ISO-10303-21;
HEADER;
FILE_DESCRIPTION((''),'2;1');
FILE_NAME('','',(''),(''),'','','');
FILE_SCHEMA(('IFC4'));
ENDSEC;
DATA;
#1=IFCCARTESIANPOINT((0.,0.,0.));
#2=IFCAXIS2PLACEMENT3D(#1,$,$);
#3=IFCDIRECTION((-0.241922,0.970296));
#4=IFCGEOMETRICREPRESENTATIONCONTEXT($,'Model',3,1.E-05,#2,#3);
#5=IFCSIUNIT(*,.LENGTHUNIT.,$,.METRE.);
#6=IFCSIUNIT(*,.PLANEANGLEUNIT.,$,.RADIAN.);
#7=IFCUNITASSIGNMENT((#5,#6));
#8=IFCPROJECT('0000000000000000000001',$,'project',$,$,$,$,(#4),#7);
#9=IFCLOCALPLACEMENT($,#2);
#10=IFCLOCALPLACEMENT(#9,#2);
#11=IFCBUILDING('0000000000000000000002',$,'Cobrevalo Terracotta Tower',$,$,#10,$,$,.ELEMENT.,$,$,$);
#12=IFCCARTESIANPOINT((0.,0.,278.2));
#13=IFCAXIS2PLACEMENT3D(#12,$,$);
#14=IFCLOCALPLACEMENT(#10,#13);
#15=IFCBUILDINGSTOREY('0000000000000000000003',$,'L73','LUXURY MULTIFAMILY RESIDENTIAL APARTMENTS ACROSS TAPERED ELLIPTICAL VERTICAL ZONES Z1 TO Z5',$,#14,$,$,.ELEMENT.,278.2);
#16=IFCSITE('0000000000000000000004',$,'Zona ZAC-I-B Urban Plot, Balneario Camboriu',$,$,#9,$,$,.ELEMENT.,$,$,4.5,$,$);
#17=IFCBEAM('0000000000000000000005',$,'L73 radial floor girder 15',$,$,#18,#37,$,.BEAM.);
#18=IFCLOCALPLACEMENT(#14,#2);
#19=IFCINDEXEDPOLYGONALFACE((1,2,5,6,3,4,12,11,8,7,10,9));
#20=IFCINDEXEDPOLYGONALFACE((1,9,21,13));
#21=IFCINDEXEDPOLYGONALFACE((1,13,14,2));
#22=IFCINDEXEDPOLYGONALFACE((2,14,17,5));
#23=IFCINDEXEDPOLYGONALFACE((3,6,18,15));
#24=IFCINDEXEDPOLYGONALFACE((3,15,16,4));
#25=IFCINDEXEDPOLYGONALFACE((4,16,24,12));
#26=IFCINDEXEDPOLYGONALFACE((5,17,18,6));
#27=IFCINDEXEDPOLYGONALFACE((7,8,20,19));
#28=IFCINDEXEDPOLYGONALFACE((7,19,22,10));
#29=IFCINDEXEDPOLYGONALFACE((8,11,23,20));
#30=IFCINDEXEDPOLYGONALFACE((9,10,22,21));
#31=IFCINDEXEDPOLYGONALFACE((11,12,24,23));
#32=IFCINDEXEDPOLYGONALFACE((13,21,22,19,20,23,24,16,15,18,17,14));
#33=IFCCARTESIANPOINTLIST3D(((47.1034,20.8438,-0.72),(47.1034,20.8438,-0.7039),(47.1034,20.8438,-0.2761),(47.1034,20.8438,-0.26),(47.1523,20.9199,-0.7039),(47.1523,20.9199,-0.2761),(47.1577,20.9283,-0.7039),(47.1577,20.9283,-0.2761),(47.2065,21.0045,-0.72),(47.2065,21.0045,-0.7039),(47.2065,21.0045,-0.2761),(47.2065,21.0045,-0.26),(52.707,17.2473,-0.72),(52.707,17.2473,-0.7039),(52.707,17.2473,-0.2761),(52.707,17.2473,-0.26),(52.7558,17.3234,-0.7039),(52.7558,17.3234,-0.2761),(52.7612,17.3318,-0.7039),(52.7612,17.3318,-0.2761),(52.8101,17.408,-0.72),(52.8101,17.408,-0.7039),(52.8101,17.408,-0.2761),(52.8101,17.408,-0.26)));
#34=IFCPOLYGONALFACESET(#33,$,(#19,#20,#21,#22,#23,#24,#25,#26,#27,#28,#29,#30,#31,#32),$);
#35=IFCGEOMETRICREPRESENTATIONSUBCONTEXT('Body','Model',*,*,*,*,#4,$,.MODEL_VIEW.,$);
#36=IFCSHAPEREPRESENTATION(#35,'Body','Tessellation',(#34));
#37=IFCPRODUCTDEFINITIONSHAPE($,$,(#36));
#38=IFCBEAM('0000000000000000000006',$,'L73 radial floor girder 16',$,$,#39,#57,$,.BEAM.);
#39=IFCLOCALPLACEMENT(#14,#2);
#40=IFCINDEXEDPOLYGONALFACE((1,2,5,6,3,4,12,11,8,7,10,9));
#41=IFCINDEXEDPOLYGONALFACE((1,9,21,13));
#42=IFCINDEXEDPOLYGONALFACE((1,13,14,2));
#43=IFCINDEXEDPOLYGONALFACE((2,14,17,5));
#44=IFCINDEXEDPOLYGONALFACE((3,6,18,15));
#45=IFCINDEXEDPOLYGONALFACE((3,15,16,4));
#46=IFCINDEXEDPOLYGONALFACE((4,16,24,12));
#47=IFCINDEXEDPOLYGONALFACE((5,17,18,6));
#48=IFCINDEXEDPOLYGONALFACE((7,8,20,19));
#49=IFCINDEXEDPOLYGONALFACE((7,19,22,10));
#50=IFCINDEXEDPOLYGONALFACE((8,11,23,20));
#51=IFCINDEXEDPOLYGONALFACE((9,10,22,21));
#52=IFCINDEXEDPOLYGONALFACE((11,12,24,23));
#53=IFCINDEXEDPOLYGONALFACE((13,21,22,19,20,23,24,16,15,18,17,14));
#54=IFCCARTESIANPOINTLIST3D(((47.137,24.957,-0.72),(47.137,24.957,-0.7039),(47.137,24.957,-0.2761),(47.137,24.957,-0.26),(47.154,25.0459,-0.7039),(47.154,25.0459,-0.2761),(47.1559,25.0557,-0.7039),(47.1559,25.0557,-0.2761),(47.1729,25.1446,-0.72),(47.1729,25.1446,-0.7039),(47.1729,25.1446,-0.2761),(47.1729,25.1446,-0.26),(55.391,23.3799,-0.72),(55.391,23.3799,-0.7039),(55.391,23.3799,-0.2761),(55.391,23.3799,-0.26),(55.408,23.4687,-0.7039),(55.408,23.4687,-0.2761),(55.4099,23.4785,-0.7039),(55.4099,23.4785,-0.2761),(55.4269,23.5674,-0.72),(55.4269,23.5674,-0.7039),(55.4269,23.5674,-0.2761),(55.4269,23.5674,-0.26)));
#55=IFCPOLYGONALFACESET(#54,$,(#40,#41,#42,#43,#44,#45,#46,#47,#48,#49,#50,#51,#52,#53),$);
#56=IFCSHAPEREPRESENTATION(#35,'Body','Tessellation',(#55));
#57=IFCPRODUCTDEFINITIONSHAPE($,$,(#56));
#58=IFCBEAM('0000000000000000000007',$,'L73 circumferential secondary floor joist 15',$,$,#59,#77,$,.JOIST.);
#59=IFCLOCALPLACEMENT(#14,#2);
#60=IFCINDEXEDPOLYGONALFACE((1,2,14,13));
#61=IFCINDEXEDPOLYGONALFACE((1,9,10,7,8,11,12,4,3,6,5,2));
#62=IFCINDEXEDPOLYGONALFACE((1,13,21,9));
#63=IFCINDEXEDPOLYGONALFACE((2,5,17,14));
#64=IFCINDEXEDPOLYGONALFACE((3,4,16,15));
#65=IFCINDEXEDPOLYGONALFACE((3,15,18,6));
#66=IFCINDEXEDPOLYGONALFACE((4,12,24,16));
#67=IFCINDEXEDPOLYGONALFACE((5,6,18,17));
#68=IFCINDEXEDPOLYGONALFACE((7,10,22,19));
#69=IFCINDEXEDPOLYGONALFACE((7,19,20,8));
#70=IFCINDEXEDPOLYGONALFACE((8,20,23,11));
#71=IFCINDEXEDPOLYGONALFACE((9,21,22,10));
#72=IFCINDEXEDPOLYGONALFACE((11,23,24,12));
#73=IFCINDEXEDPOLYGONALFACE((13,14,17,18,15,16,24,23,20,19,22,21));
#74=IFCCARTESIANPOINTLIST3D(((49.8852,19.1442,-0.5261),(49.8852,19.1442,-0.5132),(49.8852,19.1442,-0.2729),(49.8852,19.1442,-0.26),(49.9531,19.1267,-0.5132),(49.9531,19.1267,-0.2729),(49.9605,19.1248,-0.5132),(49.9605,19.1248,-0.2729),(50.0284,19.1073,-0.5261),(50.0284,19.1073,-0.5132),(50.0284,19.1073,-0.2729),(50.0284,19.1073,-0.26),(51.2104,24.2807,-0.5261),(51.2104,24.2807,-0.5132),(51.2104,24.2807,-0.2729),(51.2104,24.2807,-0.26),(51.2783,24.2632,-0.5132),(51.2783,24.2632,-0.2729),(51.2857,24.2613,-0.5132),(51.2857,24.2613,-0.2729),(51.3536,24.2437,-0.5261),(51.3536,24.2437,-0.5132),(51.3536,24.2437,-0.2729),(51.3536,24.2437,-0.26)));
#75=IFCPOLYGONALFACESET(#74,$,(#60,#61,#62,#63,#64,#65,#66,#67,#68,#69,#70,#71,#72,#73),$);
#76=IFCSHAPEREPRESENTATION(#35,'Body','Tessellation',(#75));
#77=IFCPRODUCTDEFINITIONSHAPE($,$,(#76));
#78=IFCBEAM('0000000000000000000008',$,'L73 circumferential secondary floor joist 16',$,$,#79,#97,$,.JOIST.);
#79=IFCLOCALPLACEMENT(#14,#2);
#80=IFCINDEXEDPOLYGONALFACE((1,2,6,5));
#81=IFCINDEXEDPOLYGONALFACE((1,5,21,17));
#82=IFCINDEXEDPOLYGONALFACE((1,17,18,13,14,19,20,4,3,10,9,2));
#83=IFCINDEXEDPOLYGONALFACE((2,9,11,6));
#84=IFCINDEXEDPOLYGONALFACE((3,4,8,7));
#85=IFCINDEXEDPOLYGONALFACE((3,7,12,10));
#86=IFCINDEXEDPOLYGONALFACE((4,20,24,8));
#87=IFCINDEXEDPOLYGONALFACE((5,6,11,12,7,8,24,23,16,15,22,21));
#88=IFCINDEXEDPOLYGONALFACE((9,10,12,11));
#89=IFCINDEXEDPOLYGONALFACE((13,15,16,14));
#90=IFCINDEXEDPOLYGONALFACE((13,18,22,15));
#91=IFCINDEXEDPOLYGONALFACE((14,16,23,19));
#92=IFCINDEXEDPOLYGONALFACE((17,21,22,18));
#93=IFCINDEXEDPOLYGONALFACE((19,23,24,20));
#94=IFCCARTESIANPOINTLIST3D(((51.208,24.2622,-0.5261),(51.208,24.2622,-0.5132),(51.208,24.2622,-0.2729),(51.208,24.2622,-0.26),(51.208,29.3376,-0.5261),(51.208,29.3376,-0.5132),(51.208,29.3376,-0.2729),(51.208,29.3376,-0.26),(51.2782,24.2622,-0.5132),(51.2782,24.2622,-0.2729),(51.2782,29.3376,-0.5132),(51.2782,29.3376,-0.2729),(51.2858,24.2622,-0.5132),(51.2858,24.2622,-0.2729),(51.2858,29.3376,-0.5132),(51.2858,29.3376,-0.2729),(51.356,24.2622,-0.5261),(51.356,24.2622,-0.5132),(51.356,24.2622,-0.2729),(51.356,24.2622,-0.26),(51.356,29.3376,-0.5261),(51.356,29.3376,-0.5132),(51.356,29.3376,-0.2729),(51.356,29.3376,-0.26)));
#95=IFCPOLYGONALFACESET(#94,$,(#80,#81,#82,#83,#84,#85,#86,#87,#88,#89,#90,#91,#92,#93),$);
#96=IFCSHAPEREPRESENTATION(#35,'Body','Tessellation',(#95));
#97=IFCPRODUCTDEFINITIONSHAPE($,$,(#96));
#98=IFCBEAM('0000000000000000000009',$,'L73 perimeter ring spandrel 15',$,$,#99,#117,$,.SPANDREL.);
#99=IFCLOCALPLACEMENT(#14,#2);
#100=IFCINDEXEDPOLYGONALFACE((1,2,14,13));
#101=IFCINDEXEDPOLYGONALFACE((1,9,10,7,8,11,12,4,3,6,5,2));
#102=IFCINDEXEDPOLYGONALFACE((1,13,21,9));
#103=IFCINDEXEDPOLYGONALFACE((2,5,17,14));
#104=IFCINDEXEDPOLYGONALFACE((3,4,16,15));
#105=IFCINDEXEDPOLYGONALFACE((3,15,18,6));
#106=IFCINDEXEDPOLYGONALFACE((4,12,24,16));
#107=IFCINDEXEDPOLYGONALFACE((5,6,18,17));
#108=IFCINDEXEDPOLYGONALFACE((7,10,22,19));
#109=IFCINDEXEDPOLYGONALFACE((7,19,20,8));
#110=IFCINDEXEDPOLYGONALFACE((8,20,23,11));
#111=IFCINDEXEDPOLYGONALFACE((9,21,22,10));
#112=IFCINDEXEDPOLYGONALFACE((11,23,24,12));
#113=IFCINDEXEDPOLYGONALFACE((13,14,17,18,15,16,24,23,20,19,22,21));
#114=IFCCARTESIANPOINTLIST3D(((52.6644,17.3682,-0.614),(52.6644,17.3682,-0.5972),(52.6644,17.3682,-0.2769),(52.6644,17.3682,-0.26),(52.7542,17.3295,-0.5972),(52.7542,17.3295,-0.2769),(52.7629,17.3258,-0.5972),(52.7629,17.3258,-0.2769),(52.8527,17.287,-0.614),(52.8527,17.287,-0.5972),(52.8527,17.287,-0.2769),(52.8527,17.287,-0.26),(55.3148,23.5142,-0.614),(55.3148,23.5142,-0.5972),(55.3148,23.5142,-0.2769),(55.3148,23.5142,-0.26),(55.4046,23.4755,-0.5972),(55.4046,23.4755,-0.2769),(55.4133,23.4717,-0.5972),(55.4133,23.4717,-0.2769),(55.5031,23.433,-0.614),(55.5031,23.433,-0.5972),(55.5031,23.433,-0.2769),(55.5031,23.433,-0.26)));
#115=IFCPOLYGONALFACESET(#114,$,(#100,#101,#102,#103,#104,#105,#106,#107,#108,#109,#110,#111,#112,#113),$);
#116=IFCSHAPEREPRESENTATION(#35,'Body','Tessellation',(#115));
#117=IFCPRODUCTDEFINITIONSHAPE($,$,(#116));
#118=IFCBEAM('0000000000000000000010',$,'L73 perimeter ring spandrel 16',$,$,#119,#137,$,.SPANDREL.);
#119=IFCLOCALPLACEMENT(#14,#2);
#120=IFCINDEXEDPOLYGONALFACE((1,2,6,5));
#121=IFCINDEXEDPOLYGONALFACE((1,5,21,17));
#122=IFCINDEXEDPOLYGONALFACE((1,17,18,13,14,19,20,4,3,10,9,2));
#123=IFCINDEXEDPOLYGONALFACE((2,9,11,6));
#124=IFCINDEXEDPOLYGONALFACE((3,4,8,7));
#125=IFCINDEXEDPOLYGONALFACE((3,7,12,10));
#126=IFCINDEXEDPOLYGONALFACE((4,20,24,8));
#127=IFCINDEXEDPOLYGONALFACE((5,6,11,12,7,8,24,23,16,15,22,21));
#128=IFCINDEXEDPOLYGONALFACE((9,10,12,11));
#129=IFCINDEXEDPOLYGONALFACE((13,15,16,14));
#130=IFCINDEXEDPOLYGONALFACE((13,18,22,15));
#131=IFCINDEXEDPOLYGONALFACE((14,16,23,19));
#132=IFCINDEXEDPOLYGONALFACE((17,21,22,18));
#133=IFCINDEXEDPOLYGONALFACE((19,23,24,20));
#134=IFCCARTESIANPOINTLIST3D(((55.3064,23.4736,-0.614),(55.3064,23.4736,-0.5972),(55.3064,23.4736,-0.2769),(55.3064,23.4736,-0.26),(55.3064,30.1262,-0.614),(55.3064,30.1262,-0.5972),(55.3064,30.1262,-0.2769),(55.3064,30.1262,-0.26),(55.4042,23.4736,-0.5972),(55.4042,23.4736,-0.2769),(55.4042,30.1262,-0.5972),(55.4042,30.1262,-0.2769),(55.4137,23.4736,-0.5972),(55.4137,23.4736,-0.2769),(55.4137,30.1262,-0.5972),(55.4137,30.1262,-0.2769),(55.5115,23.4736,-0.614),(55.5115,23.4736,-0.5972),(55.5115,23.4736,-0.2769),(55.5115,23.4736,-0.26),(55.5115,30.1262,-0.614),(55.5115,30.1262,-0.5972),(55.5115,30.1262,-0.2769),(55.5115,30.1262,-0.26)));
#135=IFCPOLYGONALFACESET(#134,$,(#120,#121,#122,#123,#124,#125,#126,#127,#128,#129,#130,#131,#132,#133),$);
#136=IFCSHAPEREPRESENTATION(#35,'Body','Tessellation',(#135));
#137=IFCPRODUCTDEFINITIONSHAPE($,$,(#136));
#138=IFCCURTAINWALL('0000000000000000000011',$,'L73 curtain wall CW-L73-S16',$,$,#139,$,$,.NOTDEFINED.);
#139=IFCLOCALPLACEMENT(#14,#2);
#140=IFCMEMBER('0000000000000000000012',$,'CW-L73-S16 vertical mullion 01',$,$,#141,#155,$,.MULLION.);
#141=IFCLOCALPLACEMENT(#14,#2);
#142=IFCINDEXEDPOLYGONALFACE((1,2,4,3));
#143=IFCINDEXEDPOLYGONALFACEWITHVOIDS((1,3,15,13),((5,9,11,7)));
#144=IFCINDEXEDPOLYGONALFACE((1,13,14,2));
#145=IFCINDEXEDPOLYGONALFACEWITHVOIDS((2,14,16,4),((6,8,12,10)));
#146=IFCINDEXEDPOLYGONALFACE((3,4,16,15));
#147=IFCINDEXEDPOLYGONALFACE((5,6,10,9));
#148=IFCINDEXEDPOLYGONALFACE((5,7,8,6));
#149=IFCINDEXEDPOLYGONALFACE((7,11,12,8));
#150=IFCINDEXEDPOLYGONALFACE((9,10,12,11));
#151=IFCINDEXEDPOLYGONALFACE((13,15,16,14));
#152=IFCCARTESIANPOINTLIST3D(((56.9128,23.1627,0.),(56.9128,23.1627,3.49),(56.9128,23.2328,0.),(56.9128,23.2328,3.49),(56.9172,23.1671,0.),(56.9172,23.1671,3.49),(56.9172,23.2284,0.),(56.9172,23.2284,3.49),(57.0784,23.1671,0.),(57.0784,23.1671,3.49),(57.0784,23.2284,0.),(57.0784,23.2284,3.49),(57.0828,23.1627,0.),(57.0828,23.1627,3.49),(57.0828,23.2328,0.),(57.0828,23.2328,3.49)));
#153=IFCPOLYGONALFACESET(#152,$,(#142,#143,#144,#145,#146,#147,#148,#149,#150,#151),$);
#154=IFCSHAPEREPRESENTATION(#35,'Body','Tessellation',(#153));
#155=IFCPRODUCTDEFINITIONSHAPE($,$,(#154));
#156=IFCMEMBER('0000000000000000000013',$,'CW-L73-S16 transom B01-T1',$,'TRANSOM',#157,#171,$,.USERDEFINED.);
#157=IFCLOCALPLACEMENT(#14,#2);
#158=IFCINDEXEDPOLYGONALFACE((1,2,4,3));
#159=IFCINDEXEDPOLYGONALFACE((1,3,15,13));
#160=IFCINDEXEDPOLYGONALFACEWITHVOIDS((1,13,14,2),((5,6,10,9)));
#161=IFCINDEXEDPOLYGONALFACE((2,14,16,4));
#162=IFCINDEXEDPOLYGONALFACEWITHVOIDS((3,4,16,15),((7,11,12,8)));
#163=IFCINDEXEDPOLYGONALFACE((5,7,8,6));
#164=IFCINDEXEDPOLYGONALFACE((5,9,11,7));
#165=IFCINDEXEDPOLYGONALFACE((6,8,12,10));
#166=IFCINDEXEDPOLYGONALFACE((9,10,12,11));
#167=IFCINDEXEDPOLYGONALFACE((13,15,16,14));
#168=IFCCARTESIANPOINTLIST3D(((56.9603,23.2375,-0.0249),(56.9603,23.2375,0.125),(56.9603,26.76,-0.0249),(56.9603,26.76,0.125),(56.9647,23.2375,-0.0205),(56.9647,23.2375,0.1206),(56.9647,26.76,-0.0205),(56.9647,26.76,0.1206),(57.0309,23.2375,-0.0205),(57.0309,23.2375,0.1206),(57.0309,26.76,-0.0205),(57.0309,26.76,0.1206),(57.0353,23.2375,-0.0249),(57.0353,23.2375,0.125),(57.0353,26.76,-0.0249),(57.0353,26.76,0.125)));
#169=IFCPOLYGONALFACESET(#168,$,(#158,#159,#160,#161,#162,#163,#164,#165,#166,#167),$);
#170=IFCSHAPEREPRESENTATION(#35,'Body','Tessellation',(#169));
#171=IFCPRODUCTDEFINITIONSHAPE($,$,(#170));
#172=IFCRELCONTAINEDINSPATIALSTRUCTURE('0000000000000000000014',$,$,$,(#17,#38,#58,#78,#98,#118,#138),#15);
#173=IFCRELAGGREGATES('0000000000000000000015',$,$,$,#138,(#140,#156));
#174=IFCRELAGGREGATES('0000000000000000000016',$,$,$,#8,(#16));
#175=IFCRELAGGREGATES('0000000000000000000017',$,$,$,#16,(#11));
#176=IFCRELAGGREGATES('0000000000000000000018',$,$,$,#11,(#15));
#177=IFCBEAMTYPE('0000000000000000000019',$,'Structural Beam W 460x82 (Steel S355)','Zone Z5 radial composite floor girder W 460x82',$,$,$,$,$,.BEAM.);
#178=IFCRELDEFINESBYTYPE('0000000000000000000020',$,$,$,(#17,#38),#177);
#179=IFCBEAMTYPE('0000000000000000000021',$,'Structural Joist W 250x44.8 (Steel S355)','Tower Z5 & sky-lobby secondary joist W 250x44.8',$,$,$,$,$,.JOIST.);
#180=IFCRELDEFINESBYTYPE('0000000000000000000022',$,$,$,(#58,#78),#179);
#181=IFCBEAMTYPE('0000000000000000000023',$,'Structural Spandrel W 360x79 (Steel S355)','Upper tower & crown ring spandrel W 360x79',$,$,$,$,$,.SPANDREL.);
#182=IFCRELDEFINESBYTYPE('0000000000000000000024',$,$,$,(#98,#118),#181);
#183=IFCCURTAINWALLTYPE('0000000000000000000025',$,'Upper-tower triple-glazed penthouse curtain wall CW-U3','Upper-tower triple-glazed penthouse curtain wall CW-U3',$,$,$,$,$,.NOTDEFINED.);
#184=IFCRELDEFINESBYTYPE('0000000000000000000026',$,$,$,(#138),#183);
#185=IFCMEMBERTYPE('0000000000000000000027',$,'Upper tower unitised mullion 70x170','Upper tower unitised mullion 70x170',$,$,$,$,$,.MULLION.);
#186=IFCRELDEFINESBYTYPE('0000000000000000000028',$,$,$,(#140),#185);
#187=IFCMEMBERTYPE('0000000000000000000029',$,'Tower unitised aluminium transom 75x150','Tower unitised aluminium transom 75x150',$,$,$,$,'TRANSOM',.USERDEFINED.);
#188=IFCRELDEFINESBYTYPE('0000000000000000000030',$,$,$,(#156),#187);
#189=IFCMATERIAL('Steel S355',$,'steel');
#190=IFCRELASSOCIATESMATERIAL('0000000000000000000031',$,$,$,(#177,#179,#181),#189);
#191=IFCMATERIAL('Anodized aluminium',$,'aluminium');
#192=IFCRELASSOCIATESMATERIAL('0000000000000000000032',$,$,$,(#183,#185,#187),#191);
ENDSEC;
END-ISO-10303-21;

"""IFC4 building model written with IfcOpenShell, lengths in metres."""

from ifc_helpers import new_model, si_unit, direction, frame, origin, origin_2d, place, context, subcontext, project, spatial, hollow_rectangle, i_section, extrude, source, transform, mapped, material, material_profile, profile_set, type_object, element, aggregate, save


model = new_model("IFC4")

# Units and contexts
model_context = context("Model", 3, precision=1e-05, world=origin(), true_north=direction((-0.241922, 0.970296)))
body_context = subcontext(model_context, "Body", "Model", "MODEL_VIEW")
ifc_project = project(units=[si_unit("LENGTHUNIT", "METRE"), si_unit("PLANEANGLEUNIT", "RADIAN")], contexts=[model_context])

# Site, building, storey
site_placement = place(None, origin())
site = spatial("IfcSite", under=ifc_project, at=site_placement, Name="Zona ZAC-I-B Urban Plot, Balneario Camboriu", CompositionType="ELEMENT", RefElevation=4.5)
building_placement = place(site_placement, origin())
building = spatial("IfcBuilding", under=site, at=building_placement, Name="Cobrevalo Terracotta Tower", CompositionType="ELEMENT")
storey_placement = place(building_placement, frame((0.0, 0.0, 278.2)))
storey = spatial("IfcBuildingStorey", under=building, at=storey_placement, Name="L73", Description="LUXURY MULTIFAMILY RESIDENTIAL APARTMENTS ACROSS TAPERED ELLIPTICAL VERTICAL ZONES Z1 TO Z5", CompositionType="ELEMENT", Elevation=278.2)

# Shared definitions
ifc_material_1 = material(Name="Steel S355", Category="steel")

# Beams
ifc_material_profile_1 = material_profile(ifc_material_1, i_section(OverallWidth=0.1909, OverallDepth=0.46, WebThickness=0.01, FlangeThickness=0.0161, at=origin_2d()), Name="W 460x82")
ifc_profile_set_1 = profile_set([ifc_material_profile_1], Name="Steel S355")
beam_type_1 = type_object("IfcBeamType", Name="Structural Beam W 460x82 (Steel S355)", Description="Zone Z5 radial composite floor girder W 460x82", PredefinedType="BEAM", material=ifc_profile_set_1)
beam_1_placement = place(storey_placement, frame((52.7585, 17.3276, -0.49), z_axis=(-0.841576, 0.540138, 0.0), x_axis=(-0.540138, -0.841576, 0.0)))
element("IfcBeam", 1, at=beam_1_placement, inside=storey, type_object=beam_type_1, Name="L73 radial floor girder 15", PredefinedType="BEAM", context=body_context, shape_type="SweptSolid", body=[
    extrude(i_section(OverallWidth=0.1909, OverallDepth=0.46, WebThickness=0.01, FlangeThickness=0.0161, at=origin_2d()), origin(), (0.0, 0.0, 1.0), 6.6584),
])
beam_2_placement = place(storey_placement, frame((55.4089, 23.4736, -0.49), z_axis=(-0.98223, 0.187683, 0.0), x_axis=(-0.187683, -0.98223, 0.0)))
element("IfcBeam", 2, at=beam_2_placement, inside=storey, type_object=beam_type_1, Name="L73 radial floor girder 16", PredefinedType="BEAM", context=body_context, shape_type="SweptSolid", body=[
    extrude(i_section(OverallWidth=0.1909, OverallDepth=0.46, WebThickness=0.01, FlangeThickness=0.0161, at=origin_2d()), origin(), (0.0, 0.0, 1.0), 8.4033),
])
ifc_material_profile_2 = material_profile(ifc_material_1, i_section(OverallWidth=0.1479, OverallDepth=0.2661, WebThickness=0.0076, FlangeThickness=0.0129, at=origin_2d()), Name="W 250x44.8")
ifc_profile_set_2 = profile_set([ifc_material_profile_2], Name="Steel S355")
beam_type_2 = type_object("IfcBeamType", Name="Structural Joist W 250x44.8 (Steel S355)", Description="Tower Z5 & sky-lobby secondary joist W 250x44.8", PredefinedType="JOIST", material=ifc_profile_set_2)
beam_3_placement = place(storey_placement, frame((49.9568, 19.1257, -0.3931), z_axis=(0.249817, 0.968293, 0.0), x_axis=(-0.968293, 0.249817, 0.0)))
element("IfcBeam", 3, at=beam_3_placement, inside=storey, type_object=beam_type_2, Name="L73 circumferential secondary floor joist 15", PredefinedType="JOIST", context=body_context, shape_type="SweptSolid", body=[
    extrude(i_section(OverallWidth=0.1479, OverallDepth=0.2661, WebThickness=0.0076, FlangeThickness=0.0129, at=origin_2d()), origin(), (0.0, 0.0, 1.0), 5.3047),
])
beam_4_placement = place(storey_placement, frame((51.282, 24.2622, -0.3931), z_axis=(0.0, 1.0, 0.0), x_axis=(-1.0, 0.0, 0.0)))
element("IfcBeam", 4, at=beam_4_placement, inside=storey, type_object=beam_type_2, Name="L73 circumferential secondary floor joist 16", PredefinedType="JOIST", context=body_context, shape_type="SweptSolid", body=[
    extrude(i_section(OverallWidth=0.1479, OverallDepth=0.2661, WebThickness=0.0076, FlangeThickness=0.0129, at=origin_2d()), origin(), (0.0, 0.0, 1.0), 5.0754),
])
ifc_material_profile_3 = material_profile(ifc_material_1, i_section(OverallWidth=0.2051, OverallDepth=0.354, WebThickness=0.0095, FlangeThickness=0.0168, at=origin_2d()), Name="W 360x79")
ifc_profile_set_3 = profile_set([ifc_material_profile_3], Name="Steel S355")
beam_type_3 = type_object("IfcBeamType", Name="Structural Spandrel W 360x79 (Steel S355)", Description="Upper tower & crown ring spandrel W 360x79", PredefinedType="SPANDREL", material=ifc_profile_set_3)
beam_5_placement = place(storey_placement, frame((52.7585, 17.3276, -0.437), z_axis=(0.395987, 0.918256, 0.0), x_axis=(-0.918256, 0.395987, 0.0)))
element("IfcBeam", 5, at=beam_5_placement, inside=storey, type_object=beam_type_3, Name="L73 perimeter ring spandrel 15", PredefinedType="SPANDREL", context=body_context, shape_type="SweptSolid", body=[
    extrude(i_section(OverallWidth=0.2051, OverallDepth=0.354, WebThickness=0.0095, FlangeThickness=0.0168, at=origin_2d()), origin(), (0.0, 0.0, 1.0), 6.6931),
])
beam_6_placement = place(storey_placement, frame((55.4089, 23.4736, -0.437), z_axis=(0.0, 1.0, 0.0), x_axis=(-1.0, 0.0, 0.0)))
element("IfcBeam", 6, at=beam_6_placement, inside=storey, type_object=beam_type_3, Name="L73 perimeter ring spandrel 16", PredefinedType="SPANDREL", context=body_context, shape_type="SweptSolid", body=[
    extrude(i_section(OverallWidth=0.2051, OverallDepth=0.354, WebThickness=0.0095, FlangeThickness=0.0168, at=origin_2d()), origin(), (0.0, 0.0, 1.0), 6.6526),
])

# Curtain wall, members
ifc_material_2 = material(Name="Anodized aluminium", Category="aluminium")
curtain_wall_type = type_object("IfcCurtainWallType", Name="Upper-tower triple-glazed penthouse curtain wall CW-U3", Description="Upper-tower triple-glazed penthouse curtain wall CW-U3", PredefinedType="NOTDEFINED", material=ifc_material_2)
curtain_wall_placement = place(storey_placement, origin())
curtain_wall = element("IfcCurtainWall", 7, at=curtain_wall_placement, inside=storey, type_object=curtain_wall_type, Name="L73 curtain wall CW-L73-S16", PredefinedType="NOTDEFINED")
ifc_material_profile_4 = material_profile(ifc_material_2, hollow_rectangle(XDim=0.0701, YDim=0.1699, WallThickness=0.0044, at=origin_2d()), Name="CWM 70x170")
ifc_profile_set_4 = profile_set([ifc_material_profile_4], Name="Anodized aluminium")
member_type_1 = type_object("IfcMemberType", Name="Upper tower unitised mullion 70x170", Description="Upper tower unitised mullion 70x170", PredefinedType="MULLION", material=ifc_profile_set_4)
shared_shape_1 = source(origin(), body_context, "Body", "SweptSolid", [
    extrude(hollow_rectangle(XDim=0.0701, YDim=0.1699, WallThickness=0.0044, at=origin_2d()), origin(), (0.0, 0.0, 1.0), 3.49),
])
member_1_placement = place(storey_placement, frame((56.9978, 23.1978, 0.0), z_axis=(0.0, 0.0, 1.0), x_axis=(0.0, 1.0, 0.0)))
member_1 = element("IfcMember", 8, at=member_1_placement, type_object=member_type_1, Name="CW-L73-S16 vertical mullion 01", PredefinedType="MULLION", context=body_context, shape_type="MappedRepresentation", body=[
    mapped(shared_shape_1, transform((0.0, 0.0, 0.0), scale=1.0)),
])
ifc_material_profile_5 = material_profile(ifc_material_2, hollow_rectangle(XDim=0.075, YDim=0.1499, WallThickness=0.0044, at=origin_2d()), Name="CWT 75x150")
ifc_profile_set_5 = profile_set([ifc_material_profile_5], Name="Anodized aluminium")
member_type_2 = type_object("IfcMemberType", Name="Tower unitised aluminium transom 75x150", Description="Tower unitised aluminium transom 75x150", ElementType="TRANSOM", PredefinedType="USERDEFINED", material=ifc_profile_set_5)
shared_shape_2 = source(origin(), body_context, "Body", "SweptSolid", [
    extrude(hollow_rectangle(XDim=0.075, YDim=0.1499, WallThickness=0.0044, at=origin_2d()), origin(), (0.0, 0.0, 1.0), 3.5225),
])
member_2_placement = place(storey_placement, frame((56.9978, 23.2375, 0.05), z_axis=(0.0, 1.0, 0.0), x_axis=(-1.0, 0.0, 0.0)))
member_2 = element("IfcMember", 9, at=member_2_placement, type_object=member_type_2, Name="CW-L73-S16 transom B01-T1", ObjectType="TRANSOM", PredefinedType="USERDEFINED", context=body_context, shape_type="MappedRepresentation", body=[
    mapped(shared_shape_2, transform((0.0, 0.0, 0.0), scale=1.0)),
])
aggregate(curtain_wall, [member_1, member_2])

save(model, "model.ifc")
